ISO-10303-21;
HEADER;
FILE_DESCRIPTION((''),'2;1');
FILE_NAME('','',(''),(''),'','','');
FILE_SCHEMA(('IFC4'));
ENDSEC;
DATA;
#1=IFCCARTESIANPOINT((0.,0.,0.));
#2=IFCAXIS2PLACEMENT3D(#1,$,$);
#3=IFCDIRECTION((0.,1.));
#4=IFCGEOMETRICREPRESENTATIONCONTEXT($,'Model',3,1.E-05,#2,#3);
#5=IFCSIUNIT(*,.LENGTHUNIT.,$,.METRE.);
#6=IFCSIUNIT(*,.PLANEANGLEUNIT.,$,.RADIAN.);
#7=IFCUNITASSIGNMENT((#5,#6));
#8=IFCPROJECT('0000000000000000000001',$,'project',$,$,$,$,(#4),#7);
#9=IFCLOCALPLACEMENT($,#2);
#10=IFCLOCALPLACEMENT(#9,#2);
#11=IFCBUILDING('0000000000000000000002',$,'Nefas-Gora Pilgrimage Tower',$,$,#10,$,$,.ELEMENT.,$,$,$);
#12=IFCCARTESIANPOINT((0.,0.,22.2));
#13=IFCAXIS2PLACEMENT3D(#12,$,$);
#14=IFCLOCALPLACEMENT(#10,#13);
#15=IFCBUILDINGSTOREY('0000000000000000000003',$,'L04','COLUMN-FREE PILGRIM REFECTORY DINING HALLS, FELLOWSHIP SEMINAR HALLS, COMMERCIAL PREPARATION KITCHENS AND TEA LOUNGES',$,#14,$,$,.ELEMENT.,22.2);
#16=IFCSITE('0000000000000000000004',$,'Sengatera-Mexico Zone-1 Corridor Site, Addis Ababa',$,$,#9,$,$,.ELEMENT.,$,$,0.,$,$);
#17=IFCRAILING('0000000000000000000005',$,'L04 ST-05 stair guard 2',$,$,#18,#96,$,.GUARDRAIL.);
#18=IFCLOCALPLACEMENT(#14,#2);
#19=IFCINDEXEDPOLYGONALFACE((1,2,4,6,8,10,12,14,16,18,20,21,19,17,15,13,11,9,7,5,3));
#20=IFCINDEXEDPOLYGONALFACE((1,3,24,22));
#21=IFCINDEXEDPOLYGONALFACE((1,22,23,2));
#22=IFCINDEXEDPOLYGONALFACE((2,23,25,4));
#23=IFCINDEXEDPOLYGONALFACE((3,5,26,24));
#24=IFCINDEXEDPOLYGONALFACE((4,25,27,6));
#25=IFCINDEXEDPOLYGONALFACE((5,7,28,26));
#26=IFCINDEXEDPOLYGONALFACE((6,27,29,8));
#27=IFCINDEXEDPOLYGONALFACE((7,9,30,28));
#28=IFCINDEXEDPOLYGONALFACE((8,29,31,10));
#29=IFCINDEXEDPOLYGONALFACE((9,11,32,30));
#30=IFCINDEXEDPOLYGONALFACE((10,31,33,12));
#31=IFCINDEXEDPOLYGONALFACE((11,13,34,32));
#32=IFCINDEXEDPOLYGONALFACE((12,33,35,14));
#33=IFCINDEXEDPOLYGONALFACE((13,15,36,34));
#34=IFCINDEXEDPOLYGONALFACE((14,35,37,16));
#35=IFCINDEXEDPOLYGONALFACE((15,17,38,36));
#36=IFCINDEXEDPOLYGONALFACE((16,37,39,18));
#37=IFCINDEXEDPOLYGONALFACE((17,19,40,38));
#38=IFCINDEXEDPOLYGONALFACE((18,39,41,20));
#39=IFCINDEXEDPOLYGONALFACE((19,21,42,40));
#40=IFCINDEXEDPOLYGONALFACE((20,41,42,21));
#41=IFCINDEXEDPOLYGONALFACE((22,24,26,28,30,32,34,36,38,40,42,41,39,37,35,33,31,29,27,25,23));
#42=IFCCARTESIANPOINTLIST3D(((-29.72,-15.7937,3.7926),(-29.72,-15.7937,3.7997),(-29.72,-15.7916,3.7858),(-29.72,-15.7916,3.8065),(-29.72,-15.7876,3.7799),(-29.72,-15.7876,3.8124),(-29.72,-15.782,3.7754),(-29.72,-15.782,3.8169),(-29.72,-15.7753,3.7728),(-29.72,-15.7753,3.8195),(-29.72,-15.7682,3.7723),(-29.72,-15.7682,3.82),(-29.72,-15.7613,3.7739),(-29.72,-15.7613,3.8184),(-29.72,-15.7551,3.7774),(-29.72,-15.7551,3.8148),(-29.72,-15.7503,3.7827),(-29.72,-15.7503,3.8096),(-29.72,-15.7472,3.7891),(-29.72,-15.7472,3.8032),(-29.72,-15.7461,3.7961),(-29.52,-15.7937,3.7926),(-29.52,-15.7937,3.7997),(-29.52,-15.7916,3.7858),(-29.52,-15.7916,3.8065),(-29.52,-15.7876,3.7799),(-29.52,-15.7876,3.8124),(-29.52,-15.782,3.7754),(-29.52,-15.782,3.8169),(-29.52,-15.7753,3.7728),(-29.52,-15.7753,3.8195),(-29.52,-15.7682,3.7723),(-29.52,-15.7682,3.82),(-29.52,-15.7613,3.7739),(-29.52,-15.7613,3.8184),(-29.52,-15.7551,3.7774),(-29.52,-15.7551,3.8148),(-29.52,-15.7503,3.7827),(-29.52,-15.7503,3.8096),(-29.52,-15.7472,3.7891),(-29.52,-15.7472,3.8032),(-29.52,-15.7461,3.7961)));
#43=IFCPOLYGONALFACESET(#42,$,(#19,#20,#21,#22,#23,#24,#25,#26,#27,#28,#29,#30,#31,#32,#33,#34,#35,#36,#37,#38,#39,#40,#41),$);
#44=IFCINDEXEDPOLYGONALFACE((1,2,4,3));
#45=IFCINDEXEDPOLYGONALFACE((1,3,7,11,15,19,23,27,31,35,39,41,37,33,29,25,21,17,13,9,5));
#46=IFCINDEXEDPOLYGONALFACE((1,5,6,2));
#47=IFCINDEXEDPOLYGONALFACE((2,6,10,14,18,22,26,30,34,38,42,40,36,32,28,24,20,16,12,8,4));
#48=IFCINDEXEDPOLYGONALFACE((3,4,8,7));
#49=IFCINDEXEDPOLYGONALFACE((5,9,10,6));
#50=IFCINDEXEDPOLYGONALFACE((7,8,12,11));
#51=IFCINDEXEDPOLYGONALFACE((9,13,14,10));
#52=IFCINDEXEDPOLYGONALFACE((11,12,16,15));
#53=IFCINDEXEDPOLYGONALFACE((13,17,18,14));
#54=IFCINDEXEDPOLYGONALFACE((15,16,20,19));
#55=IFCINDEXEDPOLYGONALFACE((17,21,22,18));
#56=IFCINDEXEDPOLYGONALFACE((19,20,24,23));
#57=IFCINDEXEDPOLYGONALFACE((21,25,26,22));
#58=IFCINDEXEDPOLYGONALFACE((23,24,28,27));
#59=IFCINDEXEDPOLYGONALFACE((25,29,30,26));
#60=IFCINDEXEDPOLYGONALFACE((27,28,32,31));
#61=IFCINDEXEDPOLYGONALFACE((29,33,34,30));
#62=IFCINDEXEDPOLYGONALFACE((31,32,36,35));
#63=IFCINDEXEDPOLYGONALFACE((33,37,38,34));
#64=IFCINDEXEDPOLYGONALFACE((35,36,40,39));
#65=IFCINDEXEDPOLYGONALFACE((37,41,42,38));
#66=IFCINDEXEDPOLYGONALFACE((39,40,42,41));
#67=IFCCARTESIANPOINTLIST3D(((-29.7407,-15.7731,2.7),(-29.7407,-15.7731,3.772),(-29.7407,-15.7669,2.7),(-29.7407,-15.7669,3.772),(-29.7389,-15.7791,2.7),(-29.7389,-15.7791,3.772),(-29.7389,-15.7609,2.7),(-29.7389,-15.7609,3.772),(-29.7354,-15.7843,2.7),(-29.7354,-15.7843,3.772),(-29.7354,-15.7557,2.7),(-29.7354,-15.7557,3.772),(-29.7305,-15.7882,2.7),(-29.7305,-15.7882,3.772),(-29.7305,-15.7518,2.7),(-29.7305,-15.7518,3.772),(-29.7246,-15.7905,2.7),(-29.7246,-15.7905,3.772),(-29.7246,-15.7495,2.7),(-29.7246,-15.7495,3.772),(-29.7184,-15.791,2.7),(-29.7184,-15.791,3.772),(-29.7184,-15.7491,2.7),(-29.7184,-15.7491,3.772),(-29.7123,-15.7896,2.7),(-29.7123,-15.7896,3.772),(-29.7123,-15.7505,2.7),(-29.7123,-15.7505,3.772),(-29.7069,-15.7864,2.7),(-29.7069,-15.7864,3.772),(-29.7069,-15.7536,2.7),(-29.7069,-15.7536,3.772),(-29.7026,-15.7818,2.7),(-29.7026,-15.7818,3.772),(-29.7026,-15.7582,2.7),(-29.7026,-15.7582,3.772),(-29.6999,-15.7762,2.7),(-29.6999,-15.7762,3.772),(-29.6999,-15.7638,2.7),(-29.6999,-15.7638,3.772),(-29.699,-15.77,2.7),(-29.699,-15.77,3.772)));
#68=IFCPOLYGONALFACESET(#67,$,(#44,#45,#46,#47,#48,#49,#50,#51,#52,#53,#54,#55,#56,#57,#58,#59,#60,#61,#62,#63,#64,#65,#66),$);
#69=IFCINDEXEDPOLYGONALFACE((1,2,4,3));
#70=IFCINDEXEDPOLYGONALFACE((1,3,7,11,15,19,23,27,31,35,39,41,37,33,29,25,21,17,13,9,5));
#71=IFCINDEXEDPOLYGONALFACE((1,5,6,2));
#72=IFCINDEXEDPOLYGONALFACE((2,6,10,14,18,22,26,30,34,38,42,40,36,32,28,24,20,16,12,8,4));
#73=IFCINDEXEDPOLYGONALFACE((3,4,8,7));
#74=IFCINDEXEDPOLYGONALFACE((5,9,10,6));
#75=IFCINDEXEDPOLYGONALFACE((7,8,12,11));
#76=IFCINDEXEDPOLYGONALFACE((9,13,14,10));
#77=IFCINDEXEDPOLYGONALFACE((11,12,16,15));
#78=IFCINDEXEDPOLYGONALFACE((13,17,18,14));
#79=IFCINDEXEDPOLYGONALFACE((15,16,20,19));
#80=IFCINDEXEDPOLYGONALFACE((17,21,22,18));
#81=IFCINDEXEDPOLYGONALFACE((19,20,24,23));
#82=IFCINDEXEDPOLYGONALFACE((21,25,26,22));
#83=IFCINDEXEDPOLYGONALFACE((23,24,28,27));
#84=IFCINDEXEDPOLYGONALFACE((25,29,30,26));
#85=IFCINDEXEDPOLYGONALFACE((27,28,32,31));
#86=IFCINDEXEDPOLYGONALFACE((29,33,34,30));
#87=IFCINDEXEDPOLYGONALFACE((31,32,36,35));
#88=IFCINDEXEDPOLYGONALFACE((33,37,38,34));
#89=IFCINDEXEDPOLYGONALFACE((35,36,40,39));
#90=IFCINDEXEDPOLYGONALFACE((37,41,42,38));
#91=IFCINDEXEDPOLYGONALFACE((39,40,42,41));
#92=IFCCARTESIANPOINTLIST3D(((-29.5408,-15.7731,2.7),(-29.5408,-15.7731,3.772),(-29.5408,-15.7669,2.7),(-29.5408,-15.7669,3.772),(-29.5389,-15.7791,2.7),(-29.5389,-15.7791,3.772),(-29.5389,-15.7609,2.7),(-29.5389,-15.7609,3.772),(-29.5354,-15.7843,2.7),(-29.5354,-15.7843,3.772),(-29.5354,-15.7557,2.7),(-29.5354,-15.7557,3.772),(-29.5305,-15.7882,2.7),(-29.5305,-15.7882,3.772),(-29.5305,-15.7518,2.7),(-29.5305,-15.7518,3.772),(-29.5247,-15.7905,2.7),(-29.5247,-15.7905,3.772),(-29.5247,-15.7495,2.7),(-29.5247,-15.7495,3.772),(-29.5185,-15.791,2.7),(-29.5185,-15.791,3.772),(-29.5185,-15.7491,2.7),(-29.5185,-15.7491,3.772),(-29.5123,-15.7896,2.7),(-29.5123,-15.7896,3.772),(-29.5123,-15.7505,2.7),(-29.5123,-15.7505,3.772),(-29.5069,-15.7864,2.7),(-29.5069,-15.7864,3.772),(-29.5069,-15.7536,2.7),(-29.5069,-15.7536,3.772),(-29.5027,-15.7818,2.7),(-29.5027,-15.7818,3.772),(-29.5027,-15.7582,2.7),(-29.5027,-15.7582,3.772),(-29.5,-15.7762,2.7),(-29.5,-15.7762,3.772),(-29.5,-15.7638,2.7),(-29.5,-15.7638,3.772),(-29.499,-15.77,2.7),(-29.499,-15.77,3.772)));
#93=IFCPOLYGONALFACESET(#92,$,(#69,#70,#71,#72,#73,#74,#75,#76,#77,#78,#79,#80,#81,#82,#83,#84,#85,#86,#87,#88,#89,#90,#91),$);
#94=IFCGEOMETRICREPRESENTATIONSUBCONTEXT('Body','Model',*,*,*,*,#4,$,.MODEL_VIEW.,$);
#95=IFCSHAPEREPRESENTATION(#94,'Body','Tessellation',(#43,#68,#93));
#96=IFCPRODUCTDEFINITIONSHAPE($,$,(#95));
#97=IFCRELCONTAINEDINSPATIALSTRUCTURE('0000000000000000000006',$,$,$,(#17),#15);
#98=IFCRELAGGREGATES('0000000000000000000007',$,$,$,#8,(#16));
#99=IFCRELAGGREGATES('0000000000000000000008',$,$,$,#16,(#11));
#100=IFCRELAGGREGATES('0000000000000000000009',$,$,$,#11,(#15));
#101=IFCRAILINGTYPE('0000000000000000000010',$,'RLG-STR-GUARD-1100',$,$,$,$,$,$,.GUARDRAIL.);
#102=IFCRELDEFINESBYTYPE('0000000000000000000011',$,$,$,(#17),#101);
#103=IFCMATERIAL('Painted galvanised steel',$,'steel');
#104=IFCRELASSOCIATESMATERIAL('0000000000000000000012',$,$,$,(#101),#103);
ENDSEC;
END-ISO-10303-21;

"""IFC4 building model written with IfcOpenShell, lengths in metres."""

from ifc_helpers import new_model, si_unit, direction, frame, origin, origin_2d, place, context, subcontext, project, spatial, circle, extrude, material, type_object, element, save


model = new_model("IFC4")

# Units and contexts
model_context = context("Model", 3, precision=1e-05, world=origin(), true_north=direction((0.0, 1.0)))
body_context = subcontext(model_context, "Body", "Model", "MODEL_VIEW")
ifc_project = project(units=[si_unit("LENGTHUNIT", "METRE"), si_unit("PLANEANGLEUNIT", "RADIAN")], contexts=[model_context])

# Site, building, storey
site_placement = place(None, origin())
site = spatial("IfcSite", under=ifc_project, at=site_placement, Name="Sengatera-Mexico Zone-1 Corridor Site, Addis Ababa", CompositionType="ELEMENT", RefElevation=0.0)
building_placement = place(site_placement, origin())
building = spatial("IfcBuilding", under=site, at=building_placement, Name="Nefas-Gora Pilgrimage Tower", CompositionType="ELEMENT")
storey_placement = place(building_placement, frame((0.0, 0.0, 22.2)))
storey = spatial("IfcBuildingStorey", under=building, at=storey_placement, Name="L04", Description="COLUMN-FREE PILGRIM REFECTORY DINING HALLS, FELLOWSHIP SEMINAR HALLS, COMMERCIAL PREPARATION KITCHENS AND TEA LOUNGES", CompositionType="ELEMENT", Elevation=22.2)

# Railing
ifc_material_1 = material(Name="Painted galvanised steel", Category="steel")
railing_type_1 = type_object("IfcRailingType", Name="RLG-STR-GUARD-1100", PredefinedType="GUARDRAIL", material=ifc_material_1)
railing_1_placement = place(storey_placement, frame((-29.72, -15.77, 2.7)))
element("IfcRailing", 1, at=railing_1_placement, inside=storey, type_object=railing_type_1, Name="L04 ST-05 stair guard 2", PredefinedType="GUARDRAIL", context=body_context, shape_type="SweptSolid", body=[
    extrude(circle(Radius=0.0239, at=origin_2d()), frame((0.0, 0.0, 1.0962), z_axis=(1.0, 0.0, 0.0), x_axis=(0.0, 1.0, 0.0)), (0.0, 0.0, 1.0), 0.2),
    extrude(circle(Radius=0.021, at=origin_2d()), origin(), (0.0, 0.0, 1.0), 1.072),
    extrude(circle(Radius=0.021, at=origin_2d()), frame((0.2, 0.0, 0.0)), (0.0, 0.0, 1.0), 1.072),
])

save(model, "model.ifc")
